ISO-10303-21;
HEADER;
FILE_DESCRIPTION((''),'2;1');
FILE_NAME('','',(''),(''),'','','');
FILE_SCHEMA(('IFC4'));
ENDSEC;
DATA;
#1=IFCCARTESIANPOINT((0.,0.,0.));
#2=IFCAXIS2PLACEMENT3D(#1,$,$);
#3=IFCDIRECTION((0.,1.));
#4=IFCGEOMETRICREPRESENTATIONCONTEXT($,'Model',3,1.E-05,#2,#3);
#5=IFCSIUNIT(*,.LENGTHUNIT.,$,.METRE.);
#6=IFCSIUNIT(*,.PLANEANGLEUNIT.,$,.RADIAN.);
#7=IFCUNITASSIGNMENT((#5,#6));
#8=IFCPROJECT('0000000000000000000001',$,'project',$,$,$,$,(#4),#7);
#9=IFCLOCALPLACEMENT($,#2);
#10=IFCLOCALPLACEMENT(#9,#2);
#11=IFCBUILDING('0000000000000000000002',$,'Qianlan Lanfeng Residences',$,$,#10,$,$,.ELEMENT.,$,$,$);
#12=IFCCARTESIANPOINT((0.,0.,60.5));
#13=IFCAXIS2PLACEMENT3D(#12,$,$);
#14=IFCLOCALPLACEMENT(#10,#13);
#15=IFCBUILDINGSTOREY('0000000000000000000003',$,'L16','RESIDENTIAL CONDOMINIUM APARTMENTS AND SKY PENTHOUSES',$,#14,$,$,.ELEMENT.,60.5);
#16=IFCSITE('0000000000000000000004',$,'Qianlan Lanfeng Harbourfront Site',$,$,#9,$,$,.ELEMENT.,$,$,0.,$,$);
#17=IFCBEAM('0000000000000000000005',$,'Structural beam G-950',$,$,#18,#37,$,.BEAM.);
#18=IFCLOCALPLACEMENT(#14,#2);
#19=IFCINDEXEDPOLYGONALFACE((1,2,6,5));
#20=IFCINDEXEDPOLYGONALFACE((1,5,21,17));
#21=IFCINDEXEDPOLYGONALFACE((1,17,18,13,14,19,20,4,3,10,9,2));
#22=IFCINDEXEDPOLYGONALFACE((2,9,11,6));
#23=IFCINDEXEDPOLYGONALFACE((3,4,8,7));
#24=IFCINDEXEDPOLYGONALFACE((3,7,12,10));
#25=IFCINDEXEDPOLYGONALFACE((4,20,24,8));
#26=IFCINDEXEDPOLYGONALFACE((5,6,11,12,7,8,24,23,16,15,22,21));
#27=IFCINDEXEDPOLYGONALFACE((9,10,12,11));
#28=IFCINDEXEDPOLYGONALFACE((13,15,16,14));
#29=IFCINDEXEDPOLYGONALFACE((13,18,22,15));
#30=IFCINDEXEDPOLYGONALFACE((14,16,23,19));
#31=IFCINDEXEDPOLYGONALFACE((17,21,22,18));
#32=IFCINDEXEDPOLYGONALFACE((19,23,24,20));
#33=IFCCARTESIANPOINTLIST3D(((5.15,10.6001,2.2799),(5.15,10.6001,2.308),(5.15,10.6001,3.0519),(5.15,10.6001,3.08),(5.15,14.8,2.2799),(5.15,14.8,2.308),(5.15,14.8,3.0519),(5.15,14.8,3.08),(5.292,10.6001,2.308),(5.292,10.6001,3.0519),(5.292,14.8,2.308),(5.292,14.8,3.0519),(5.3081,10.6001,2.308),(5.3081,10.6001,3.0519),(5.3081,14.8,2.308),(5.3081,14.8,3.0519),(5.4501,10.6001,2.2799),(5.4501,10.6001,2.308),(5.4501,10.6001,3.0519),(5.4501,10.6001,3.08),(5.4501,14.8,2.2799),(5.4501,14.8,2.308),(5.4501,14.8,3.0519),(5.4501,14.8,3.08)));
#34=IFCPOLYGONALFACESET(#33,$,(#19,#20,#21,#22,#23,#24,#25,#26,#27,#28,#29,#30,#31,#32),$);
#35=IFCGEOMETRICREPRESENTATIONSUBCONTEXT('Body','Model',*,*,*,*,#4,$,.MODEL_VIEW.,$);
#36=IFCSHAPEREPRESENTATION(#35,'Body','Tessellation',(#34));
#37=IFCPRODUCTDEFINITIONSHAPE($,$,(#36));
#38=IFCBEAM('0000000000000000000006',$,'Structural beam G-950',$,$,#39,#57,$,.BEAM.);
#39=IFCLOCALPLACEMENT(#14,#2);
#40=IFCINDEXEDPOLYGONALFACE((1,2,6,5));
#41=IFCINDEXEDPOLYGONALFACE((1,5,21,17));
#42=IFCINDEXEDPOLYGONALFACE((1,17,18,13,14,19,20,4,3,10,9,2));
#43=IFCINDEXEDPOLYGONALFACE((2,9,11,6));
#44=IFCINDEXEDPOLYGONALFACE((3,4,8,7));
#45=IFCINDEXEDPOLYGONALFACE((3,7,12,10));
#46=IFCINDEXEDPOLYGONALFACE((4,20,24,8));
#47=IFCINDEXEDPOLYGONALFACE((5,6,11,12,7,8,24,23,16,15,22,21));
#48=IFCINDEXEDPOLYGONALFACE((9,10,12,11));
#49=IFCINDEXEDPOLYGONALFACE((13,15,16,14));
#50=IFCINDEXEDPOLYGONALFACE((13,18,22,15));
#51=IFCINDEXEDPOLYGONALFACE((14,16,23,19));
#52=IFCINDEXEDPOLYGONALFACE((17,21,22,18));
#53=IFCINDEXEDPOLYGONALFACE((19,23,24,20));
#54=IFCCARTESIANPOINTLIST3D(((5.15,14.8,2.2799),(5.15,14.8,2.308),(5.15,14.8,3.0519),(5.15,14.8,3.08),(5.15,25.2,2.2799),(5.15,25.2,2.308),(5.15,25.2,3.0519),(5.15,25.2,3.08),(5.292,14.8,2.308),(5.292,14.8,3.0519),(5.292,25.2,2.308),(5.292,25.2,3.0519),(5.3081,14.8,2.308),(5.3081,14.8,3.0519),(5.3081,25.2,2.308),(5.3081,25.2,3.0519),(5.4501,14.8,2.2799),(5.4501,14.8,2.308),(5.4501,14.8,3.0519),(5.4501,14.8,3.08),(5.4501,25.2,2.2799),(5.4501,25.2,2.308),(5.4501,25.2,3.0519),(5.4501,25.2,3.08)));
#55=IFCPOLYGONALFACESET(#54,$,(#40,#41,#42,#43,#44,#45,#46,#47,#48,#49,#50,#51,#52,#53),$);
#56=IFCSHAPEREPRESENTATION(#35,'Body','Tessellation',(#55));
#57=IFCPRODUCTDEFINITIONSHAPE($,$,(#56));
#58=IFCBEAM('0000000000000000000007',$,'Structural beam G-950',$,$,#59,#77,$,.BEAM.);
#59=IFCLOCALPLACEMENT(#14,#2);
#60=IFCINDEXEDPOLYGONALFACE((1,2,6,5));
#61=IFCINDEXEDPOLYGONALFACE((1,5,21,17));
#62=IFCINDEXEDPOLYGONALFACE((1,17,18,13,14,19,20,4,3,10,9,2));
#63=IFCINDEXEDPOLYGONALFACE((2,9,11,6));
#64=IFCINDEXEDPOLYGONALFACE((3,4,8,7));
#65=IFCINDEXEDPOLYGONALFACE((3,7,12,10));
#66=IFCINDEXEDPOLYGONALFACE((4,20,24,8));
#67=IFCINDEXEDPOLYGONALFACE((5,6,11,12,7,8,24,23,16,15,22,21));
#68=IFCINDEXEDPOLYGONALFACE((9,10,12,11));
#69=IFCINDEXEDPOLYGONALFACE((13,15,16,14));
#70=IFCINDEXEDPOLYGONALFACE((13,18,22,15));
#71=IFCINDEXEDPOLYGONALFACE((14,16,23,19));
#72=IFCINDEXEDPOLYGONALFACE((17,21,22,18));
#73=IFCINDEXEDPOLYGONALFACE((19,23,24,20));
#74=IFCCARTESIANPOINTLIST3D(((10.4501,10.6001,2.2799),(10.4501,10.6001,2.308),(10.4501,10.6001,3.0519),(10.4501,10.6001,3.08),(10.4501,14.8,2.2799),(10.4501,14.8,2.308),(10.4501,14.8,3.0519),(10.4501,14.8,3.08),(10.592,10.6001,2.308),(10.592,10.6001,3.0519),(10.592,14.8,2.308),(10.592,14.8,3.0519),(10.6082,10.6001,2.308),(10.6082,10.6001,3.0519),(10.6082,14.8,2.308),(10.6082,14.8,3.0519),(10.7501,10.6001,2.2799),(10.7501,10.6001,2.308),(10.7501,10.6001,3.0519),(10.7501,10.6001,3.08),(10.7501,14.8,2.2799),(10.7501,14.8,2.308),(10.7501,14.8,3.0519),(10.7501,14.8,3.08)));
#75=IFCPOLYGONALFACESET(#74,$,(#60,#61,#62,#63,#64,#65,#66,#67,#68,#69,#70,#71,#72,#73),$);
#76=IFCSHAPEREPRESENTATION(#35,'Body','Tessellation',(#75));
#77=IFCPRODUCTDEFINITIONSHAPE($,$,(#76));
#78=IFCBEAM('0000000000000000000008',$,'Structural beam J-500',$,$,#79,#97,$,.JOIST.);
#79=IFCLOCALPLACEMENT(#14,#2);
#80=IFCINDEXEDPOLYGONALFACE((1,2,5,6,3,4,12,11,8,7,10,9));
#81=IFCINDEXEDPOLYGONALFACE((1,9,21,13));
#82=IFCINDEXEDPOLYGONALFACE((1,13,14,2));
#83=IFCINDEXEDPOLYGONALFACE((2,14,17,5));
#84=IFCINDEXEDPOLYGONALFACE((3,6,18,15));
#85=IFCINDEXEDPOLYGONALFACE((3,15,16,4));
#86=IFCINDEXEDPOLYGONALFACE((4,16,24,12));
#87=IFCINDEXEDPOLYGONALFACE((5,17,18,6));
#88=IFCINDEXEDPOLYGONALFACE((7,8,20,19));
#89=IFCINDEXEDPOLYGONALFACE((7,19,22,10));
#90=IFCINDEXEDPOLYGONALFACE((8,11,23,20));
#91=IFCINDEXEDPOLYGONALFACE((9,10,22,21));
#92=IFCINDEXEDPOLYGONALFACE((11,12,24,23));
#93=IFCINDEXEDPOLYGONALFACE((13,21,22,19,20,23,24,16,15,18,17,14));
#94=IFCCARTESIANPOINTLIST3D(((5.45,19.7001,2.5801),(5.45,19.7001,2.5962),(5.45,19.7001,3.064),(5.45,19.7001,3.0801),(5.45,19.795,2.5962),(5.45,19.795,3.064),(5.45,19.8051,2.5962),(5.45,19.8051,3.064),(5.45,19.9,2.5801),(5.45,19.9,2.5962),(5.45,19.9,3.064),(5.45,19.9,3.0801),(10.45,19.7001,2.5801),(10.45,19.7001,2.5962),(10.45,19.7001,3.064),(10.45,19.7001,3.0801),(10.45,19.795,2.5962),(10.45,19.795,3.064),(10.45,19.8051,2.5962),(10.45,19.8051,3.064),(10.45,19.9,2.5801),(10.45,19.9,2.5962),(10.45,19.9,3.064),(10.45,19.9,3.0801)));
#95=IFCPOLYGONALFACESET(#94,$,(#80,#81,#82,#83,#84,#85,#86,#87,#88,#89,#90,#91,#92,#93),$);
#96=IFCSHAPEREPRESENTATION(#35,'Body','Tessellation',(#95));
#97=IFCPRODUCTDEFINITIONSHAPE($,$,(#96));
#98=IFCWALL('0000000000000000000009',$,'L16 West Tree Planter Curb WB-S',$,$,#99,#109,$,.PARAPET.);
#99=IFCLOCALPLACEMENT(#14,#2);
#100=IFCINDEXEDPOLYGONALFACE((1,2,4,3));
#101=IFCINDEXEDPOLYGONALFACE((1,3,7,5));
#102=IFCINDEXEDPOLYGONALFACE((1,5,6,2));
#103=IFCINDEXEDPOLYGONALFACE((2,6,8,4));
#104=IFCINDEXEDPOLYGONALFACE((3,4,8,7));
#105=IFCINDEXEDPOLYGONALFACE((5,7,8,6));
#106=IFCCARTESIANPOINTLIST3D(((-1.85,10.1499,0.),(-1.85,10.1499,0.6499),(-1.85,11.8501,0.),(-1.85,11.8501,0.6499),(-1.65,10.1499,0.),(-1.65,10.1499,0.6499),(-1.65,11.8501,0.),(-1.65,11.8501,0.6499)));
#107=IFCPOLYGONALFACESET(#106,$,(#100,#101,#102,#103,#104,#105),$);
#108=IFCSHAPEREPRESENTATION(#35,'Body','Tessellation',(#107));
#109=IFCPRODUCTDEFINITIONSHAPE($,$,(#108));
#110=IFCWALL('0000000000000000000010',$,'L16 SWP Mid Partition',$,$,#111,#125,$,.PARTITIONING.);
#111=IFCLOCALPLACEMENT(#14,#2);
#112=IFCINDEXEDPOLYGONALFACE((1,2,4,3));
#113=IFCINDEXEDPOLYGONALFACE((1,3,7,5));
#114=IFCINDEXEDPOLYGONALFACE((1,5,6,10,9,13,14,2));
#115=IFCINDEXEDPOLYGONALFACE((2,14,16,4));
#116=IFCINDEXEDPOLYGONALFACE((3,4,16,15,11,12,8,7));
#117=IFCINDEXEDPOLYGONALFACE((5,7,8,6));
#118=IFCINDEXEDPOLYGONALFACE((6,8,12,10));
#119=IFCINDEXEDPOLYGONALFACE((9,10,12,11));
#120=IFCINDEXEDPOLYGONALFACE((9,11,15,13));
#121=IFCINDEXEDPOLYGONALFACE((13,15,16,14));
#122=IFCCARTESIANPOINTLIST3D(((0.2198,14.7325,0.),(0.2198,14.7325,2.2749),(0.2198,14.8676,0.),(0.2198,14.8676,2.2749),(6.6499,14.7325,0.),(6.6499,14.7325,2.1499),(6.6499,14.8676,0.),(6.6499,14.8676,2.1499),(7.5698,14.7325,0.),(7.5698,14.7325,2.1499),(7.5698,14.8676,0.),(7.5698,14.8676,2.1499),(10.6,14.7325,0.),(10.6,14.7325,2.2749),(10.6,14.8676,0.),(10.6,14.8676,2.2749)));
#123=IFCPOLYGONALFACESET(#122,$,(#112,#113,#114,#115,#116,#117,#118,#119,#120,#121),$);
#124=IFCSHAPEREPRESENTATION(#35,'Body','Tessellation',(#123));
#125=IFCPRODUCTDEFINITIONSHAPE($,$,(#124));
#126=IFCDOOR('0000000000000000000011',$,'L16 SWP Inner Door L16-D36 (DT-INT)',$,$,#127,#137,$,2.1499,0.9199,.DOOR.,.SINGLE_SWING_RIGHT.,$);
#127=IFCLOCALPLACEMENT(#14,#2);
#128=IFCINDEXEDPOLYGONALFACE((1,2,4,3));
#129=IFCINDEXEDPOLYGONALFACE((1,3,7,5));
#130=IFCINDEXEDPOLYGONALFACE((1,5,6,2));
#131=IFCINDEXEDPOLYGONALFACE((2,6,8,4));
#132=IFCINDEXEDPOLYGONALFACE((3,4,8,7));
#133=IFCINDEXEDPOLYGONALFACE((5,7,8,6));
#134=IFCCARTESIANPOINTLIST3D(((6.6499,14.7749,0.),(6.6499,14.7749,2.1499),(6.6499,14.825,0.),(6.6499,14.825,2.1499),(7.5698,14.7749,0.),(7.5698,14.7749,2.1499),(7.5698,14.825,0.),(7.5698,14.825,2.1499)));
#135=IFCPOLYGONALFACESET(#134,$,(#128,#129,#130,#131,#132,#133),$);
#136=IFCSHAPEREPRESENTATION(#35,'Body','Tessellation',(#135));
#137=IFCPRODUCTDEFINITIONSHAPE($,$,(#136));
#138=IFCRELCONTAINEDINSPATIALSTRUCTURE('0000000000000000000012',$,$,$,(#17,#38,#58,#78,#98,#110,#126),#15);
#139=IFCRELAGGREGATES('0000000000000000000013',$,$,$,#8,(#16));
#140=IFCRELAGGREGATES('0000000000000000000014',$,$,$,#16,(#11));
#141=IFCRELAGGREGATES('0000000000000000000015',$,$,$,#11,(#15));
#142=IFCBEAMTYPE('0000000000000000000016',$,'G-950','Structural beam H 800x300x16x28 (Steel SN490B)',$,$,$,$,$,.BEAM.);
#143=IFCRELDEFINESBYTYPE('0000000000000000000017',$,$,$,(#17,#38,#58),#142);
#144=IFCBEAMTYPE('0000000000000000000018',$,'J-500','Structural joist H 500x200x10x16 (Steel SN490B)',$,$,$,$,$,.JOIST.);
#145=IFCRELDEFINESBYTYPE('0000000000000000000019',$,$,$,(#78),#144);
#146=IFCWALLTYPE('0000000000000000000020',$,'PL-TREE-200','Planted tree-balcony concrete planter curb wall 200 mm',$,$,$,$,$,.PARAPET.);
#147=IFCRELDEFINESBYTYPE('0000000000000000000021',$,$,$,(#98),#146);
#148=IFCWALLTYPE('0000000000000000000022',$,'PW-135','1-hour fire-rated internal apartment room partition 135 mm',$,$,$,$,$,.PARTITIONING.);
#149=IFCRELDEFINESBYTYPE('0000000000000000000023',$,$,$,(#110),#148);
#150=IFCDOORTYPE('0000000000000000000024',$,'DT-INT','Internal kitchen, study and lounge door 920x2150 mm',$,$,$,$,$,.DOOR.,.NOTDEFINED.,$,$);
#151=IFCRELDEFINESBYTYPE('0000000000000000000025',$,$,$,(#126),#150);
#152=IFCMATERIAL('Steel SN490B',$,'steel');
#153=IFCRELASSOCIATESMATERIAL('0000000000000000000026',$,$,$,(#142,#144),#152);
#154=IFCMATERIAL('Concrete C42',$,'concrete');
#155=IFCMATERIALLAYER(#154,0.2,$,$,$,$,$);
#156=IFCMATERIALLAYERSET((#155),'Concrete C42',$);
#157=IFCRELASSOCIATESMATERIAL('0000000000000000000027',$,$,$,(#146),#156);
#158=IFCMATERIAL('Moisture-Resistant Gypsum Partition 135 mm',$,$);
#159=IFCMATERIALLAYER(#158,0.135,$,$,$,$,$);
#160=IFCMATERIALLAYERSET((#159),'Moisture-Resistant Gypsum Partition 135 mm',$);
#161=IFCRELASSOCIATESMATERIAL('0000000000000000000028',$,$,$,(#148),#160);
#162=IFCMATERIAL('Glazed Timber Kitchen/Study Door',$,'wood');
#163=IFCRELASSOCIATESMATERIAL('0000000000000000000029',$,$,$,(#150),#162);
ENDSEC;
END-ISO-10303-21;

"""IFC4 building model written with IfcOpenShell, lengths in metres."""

from ifc_helpers import new_model, si_unit, direction, frame, frame_2d, origin, origin_2d, place, context, subcontext, project, spatial, rectangle, i_section, extrude, material, layer, layer_set, material_profile, profile_set, type_object, element, fill, save


model = new_model("IFC4")

# Units and contexts
model_context = context("Model", 3, precision=1e-05, world=origin(), true_north=direction((0.0, 1.0)))
body_context = subcontext(model_context, "Body", "Model", "MODEL_VIEW")
ifc_project = project(units=[si_unit("LENGTHUNIT", "METRE"), si_unit("PLANEANGLEUNIT", "RADIAN")], contexts=[model_context])

# Site, building, storey
site_placement = place(None, origin())
site = spatial("IfcSite", under=ifc_project, at=site_placement, Name="Qianlan Lanfeng Harbourfront Site", CompositionType="ELEMENT", RefElevation=0.0)
building_placement = place(site_placement, origin())
building = spatial("IfcBuilding", under=site, at=building_placement, Name="Qianlan Lanfeng Residences", CompositionType="ELEMENT")
storey_placement = place(building_placement, frame((0.0, 0.0, 60.5)))
storey = spatial("IfcBuildingStorey", under=building, at=storey_placement, Name="L16", Description="RESIDENTIAL CONDOMINIUM APARTMENTS AND SKY PENTHOUSES", CompositionType="ELEMENT", Elevation=60.5)

# Shared definitions
ifc_material_1 = material(Name="Steel SN490B", Category="steel")

# Beams
ifc_material_profile_1 = material_profile(ifc_material_1, i_section(OverallWidth=0.3, OverallDepth=0.8, WebThickness=0.0161, FlangeThickness=0.0281, at=origin_2d()), Name="H 800x300x16x28")
ifc_profile_set_1 = profile_set([ifc_material_profile_1], Name="Steel SN490B")
beam_type_1 = type_object("IfcBeamType", Name="G-950", Description="Structural beam H 800x300x16x28 (Steel SN490B)", PredefinedType="BEAM", material=ifc_profile_set_1)
beam_1_placement = place(storey_placement, frame((5.3, 10.6001, 2.6799), z_axis=(0.0, 1.0, 0.0), x_axis=(-1.0, 0.0, 0.0)))
element("IfcBeam", 1, at=beam_1_placement, inside=storey, type_object=beam_type_1, Name="Structural beam G-950", PredefinedType="BEAM", context=body_context, shape_type="SweptSolid", body=[
    extrude(i_section(OverallWidth=0.3, OverallDepth=0.8, WebThickness=0.0161, FlangeThickness=0.0281, at=origin_2d()), origin(), (0.0, 0.0, 1.0), 4.2),
])
beam_2_placement = place(storey_placement, frame((5.3, 14.8, 2.6799), z_axis=(0.0, 1.0, 0.0), x_axis=(-1.0, 0.0, 0.0)))
element("IfcBeam", 2, at=beam_2_placement, inside=storey, type_object=beam_type_1, Name="Structural beam G-950", PredefinedType="BEAM", context=body_context, shape_type="SweptSolid", body=[
    extrude(i_section(OverallWidth=0.3, OverallDepth=0.8, WebThickness=0.0161, FlangeThickness=0.0281, at=origin_2d()), origin(), (0.0, 0.0, 1.0), 10.3999),
])
beam_3_placement = place(storey_placement, frame((10.6001, 10.6001, 2.6799), z_axis=(0.0, 1.0, 0.0), x_axis=(-1.0, 0.0, 0.0)))
element("IfcBeam", 3, at=beam_3_placement, inside=storey, type_object=beam_type_1, Name="Structural beam G-950", PredefinedType="BEAM", context=body_context, shape_type="SweptSolid", body=[
    extrude(i_section(OverallWidth=0.3, OverallDepth=0.8, WebThickness=0.0161, FlangeThickness=0.0281, at=origin_2d()), origin(), (0.0, 0.0, 1.0), 4.2),
])
ifc_material_profile_2 = material_profile(ifc_material_1, i_section(OverallWidth=0.2, OverallDepth=0.5, WebThickness=0.01, FlangeThickness=0.0161, at=origin_2d()), Name="H 500x200x10x16")
ifc_profile_set_2 = profile_set([ifc_material_profile_2], Name="Steel SN490B")
beam_type_2 = type_object("IfcBeamType", Name="J-500", Description="Structural joist H 500x200x10x16 (Steel SN490B)", PredefinedType="JOIST", material=ifc_profile_set_2)
beam_4_placement = place(storey_placement, frame((5.45, 19.8, 2.8301), z_axis=(1.0, 0.0, 0.0), x_axis=(0.0, 1.0, 0.0)))
element("IfcBeam", 4, at=beam_4_placement, inside=storey, type_object=beam_type_2, Name="Structural beam J-500", PredefinedType="JOIST", context=body_context, shape_type="SweptSolid", body=[
    extrude(i_section(OverallWidth=0.2, OverallDepth=0.5, WebThickness=0.01, FlangeThickness=0.0161, at=origin_2d()), origin(), (0.0, 0.0, 1.0), 5.0),
])

# Wall
ifc_material_2 = material(Name="Concrete C42", Category="concrete")
ifc_layer_1 = layer(ifc_material_2, 0.2)
ifc_layer_set_1 = layer_set([ifc_layer_1], Name="Concrete C42")
wall_type_1 = type_object("IfcWallType", Name="PL-TREE-200", Description="Planted tree-balcony concrete planter curb wall 200 mm", PredefinedType="PARAPET", material=ifc_layer_set_1)
wall_1_placement = place(storey_placement, frame((-1.75, 10.1499, 0.0), z_axis=(0.0, 0.0, 1.0), x_axis=(0.0, 1.0, 0.0)))
element("IfcWall", 5, at=wall_1_placement, inside=storey, type_object=wall_type_1, Name="L16 West Tree Planter Curb WB-S", PredefinedType="PARAPET", context=body_context, shape_type="SweptSolid", body=[
    extrude(rectangle(XDim=1.7002, YDim=0.2, at=frame_2d((0.8501, 0.0))), origin(), (0.0, 0.0, 1.0), 0.6499),
])

# Wall, opening, door
ifc_material_3 = material(Name="Moisture-Resistant Gypsum Partition 135 mm")
ifc_layer_2 = layer(ifc_material_3, 0.135)
ifc_layer_set_2 = layer_set([ifc_layer_2], Name="Moisture-Resistant Gypsum Partition 135 mm")
wall_type_2 = type_object("IfcWallType", Name="PW-135", Description="1-hour fire-rated internal apartment room partition 135 mm", PredefinedType="PARTITIONING", material=ifc_layer_set_2)
wall_2_placement = place(storey_placement, frame((0.22, 14.8, 0.0), z_axis=(0.0, 0.0, 1.0), x_axis=(1.0, 0.0, 0.0)))
wall_2 = element("IfcWall", 6, at=wall_2_placement, inside=storey, type_object=wall_type_2, Name="L16 SWP Mid Partition", PredefinedType="PARTITIONING", context=body_context, shape_type="SweptSolid", body=[
    extrude(rectangle(XDim=10.3801, YDim=0.135, at=frame_2d((5.1899, 0.0))), origin(), (0.0, 0.0, 1.0), 2.2749),
])
opening_1_placement = place(wall_2_placement, frame((6.4299, 0.0, 0.0)))
opening_1 = element("IfcOpeningElement", 7, at=opening_1_placement, cuts=wall_2, PredefinedType="OPENING", context=body_context, shape_type="SweptSolid", body=[
    extrude(rectangle(XDim=0.9199, YDim=2.1499, at=frame_2d((0.46, 1.075))), frame((0.0, 0.0776, 0.0), z_axis=(0.0, -1.0, 0.0), x_axis=(1.0, 0.0, 0.0)), (0.0, 0.0, 1.0), 0.155),
])
ifc_material_4 = material(Name="Glazed Timber Kitchen/Study Door", Category="wood")
door_type_1 = type_object("IfcDoorType", Name="DT-INT", Description="Internal kitchen, study and lounge door 920x2150 mm", OperationType="NOTDEFINED", PredefinedType="DOOR", material=ifc_material_4)
door_1_placement = place(opening_1_placement, origin())
door_1 = element("IfcDoor", 8, at=door_1_placement, inside=storey, type_object=door_type_1, Name="L16 SWP Inner Door L16-D36 (DT-INT)", OperationType="SINGLE_SWING_RIGHT", OverallHeight=2.1499, OverallWidth=0.9199, PredefinedType="DOOR", context=body_context, shape_type="SweptSolid", body=[
    extrude(rectangle(XDim=0.9199, YDim=2.1499, at=frame_2d((0.46, 1.075))), frame((0.0, 0.0249, 0.0), z_axis=(0.0, -1.0, 0.0), x_axis=(1.0, 0.0, 0.0)), (0.0, 0.0, 1.0), 0.05),
])
fill(opening_1, door_1)

save(model, "model.ifc")
